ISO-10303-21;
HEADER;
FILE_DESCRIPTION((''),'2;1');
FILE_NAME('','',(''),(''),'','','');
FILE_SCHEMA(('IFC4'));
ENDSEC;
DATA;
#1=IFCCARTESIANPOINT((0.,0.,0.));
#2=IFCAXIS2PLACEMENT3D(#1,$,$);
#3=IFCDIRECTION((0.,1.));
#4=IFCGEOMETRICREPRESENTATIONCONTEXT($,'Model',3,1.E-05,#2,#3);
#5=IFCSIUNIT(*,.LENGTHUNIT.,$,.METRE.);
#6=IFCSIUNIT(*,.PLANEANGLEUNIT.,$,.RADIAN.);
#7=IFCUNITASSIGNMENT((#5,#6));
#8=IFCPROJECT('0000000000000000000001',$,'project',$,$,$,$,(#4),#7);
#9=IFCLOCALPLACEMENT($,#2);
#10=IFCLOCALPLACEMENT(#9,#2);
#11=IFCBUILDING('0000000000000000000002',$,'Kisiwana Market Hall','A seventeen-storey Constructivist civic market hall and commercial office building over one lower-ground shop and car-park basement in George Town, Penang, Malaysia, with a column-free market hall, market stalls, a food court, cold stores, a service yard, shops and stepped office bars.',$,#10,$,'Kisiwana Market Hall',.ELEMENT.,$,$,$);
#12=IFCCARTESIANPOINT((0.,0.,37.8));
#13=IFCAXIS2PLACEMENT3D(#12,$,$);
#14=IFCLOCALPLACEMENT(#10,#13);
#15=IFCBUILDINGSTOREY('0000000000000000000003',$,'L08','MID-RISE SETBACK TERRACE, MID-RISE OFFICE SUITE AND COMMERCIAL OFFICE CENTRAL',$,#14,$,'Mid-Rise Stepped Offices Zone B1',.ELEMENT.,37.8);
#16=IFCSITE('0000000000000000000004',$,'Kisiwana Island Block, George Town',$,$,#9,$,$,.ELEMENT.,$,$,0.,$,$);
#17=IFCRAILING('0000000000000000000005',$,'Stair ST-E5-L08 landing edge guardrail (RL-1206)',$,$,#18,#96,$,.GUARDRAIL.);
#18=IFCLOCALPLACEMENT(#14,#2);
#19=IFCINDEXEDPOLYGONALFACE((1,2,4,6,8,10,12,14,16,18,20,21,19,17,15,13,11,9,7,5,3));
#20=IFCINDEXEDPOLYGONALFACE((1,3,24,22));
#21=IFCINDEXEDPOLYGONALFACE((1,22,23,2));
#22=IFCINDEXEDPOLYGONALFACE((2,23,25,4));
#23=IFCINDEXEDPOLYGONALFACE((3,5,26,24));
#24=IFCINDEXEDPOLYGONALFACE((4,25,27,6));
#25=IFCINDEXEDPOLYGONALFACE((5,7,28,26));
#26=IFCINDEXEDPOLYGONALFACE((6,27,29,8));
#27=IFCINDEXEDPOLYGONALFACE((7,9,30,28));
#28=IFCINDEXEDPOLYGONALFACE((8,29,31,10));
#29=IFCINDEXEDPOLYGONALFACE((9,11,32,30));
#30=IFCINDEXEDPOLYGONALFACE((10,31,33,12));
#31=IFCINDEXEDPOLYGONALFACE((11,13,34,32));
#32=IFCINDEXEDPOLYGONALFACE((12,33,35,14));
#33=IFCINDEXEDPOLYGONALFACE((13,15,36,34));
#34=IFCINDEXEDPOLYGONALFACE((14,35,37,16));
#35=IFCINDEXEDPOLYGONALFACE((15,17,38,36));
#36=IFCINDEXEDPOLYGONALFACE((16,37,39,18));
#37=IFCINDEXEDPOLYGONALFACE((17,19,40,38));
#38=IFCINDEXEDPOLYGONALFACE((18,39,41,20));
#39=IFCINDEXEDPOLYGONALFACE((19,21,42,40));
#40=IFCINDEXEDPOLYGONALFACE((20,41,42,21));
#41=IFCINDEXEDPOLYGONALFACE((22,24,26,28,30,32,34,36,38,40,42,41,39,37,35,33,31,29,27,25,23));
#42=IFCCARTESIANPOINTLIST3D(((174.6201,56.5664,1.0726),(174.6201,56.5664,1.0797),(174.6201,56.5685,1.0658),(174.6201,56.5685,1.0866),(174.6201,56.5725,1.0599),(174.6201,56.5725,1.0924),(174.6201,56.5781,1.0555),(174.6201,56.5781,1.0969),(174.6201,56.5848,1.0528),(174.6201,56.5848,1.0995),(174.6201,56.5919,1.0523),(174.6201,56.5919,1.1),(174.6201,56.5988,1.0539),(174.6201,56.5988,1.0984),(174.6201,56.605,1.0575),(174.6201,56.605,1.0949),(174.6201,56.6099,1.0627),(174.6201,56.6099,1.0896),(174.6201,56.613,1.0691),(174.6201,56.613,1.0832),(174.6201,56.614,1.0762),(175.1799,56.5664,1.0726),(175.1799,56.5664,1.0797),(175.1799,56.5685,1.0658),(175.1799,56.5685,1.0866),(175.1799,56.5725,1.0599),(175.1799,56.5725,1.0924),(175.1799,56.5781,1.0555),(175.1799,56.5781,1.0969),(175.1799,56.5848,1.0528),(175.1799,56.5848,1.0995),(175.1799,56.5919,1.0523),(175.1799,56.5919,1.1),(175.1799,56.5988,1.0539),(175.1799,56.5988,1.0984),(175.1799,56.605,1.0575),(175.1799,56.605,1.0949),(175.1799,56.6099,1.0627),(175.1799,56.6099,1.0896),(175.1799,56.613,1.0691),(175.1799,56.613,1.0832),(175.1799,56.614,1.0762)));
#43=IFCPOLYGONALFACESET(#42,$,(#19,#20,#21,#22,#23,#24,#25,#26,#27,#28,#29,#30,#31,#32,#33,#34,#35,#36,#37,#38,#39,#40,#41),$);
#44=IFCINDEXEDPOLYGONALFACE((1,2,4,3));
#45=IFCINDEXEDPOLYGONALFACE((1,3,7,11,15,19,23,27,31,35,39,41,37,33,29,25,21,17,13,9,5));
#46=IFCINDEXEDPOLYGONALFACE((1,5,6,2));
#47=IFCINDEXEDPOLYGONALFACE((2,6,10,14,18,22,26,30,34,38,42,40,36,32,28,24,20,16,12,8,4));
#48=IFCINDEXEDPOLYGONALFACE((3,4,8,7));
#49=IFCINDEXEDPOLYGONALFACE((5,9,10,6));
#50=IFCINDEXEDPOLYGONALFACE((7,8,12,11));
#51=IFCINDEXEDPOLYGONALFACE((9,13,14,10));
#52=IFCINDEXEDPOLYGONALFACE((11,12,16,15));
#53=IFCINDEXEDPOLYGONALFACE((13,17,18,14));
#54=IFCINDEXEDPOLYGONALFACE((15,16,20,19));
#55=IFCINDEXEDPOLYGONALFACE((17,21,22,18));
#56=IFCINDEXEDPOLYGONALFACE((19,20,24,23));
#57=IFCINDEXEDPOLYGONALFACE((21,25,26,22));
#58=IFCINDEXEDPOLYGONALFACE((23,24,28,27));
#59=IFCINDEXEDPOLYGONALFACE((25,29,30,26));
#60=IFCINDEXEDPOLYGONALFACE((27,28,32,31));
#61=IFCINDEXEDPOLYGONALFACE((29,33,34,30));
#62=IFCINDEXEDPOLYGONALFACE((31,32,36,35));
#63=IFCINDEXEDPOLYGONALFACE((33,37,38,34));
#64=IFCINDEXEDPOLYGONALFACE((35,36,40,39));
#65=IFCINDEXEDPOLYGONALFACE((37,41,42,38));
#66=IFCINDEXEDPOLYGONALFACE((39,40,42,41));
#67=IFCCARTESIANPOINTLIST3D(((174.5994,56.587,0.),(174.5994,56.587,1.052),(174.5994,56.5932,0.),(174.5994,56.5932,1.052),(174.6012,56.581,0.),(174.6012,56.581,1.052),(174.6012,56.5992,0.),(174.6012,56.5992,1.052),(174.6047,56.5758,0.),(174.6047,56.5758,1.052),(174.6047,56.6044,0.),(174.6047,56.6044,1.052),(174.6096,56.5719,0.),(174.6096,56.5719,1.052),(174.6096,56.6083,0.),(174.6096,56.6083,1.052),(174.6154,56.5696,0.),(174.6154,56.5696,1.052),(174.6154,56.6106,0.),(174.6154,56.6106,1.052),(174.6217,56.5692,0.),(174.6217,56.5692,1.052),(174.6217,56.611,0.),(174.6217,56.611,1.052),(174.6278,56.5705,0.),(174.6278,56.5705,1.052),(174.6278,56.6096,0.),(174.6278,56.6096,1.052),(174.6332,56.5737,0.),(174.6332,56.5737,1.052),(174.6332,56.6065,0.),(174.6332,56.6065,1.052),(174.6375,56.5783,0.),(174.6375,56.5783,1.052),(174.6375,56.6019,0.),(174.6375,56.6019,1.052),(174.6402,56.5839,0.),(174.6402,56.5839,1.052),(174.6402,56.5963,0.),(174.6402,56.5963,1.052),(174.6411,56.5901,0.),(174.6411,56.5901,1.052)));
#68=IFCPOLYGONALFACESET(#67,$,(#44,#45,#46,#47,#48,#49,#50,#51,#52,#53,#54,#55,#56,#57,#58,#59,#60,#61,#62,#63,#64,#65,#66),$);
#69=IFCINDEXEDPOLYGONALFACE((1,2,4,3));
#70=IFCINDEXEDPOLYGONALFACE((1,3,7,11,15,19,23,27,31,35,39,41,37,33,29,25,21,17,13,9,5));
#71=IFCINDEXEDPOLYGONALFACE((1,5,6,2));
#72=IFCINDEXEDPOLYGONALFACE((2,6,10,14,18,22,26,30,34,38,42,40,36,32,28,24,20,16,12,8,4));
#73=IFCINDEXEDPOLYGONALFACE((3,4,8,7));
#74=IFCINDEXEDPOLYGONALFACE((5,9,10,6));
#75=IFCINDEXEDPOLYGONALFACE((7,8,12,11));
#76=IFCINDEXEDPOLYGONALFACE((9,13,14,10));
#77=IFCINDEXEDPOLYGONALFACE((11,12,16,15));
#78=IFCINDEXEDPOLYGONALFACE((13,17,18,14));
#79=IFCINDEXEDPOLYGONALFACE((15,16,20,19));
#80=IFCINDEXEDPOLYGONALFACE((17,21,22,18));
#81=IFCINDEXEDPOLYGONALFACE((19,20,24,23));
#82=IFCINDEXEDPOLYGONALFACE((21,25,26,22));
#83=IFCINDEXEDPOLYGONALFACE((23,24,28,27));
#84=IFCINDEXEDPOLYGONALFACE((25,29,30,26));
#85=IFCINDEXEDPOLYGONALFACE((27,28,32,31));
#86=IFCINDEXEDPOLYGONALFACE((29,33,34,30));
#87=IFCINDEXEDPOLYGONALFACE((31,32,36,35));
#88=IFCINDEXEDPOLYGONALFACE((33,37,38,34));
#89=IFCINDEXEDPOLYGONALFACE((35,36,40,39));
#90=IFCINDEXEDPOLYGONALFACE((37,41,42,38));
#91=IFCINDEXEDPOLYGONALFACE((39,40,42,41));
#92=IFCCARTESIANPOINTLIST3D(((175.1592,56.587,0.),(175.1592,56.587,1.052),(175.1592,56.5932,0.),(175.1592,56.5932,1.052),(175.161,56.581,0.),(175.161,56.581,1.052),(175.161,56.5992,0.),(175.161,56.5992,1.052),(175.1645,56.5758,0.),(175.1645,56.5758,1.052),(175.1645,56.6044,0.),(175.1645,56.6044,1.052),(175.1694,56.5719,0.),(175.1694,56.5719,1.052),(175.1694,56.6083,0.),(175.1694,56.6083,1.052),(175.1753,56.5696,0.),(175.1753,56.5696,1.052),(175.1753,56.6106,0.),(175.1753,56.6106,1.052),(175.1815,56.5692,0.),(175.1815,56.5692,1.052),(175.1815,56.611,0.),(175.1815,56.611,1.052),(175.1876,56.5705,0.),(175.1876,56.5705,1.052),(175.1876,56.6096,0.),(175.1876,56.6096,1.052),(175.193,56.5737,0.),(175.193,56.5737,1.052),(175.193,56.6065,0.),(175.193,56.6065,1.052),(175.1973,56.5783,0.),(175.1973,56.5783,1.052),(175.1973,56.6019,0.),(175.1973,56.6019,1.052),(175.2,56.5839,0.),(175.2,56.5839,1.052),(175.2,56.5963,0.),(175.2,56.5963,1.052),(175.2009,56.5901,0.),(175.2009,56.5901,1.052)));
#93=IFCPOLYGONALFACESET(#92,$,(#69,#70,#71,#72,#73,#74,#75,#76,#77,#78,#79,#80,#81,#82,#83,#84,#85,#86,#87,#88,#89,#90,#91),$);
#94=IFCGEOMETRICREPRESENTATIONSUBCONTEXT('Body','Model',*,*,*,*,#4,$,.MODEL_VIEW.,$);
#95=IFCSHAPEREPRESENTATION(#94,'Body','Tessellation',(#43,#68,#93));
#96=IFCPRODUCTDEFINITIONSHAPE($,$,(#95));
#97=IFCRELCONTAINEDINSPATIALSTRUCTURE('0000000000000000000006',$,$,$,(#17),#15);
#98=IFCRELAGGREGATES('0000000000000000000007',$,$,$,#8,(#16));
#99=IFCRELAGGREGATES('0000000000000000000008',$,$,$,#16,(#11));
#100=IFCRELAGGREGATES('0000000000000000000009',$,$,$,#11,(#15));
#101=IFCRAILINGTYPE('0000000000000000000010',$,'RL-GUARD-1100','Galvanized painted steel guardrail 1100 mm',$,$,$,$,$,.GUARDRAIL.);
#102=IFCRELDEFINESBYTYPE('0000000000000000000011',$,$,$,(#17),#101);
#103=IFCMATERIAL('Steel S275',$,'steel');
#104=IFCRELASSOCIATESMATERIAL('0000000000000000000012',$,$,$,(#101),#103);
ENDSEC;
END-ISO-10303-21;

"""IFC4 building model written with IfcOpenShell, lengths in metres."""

from ifc_helpers import new_model, si_unit, direction, frame, origin, origin_2d, place, context, subcontext, project, spatial, circle, extrude, material, type_object, element, save


model = new_model("IFC4")

# Units and contexts
model_context = context("Model", 3, precision=1e-05, world=origin(), true_north=direction((0.0, 1.0)))
body_context = subcontext(model_context, "Body", "Model", "MODEL_VIEW")
ifc_project = project(units=[si_unit("LENGTHUNIT", "METRE"), si_unit("PLANEANGLEUNIT", "RADIAN")], contexts=[model_context])

# Site, building, storey
site_placement = place(None, origin())
site = spatial("IfcSite", under=ifc_project, at=site_placement, Name="Kisiwana Island Block, George Town", CompositionType="ELEMENT", RefElevation=0.0)
building_placement = place(site_placement, origin())
building = spatial("IfcBuilding", under=site, at=building_placement, Name="Kisiwana Market Hall", Description="A seventeen-storey Constructivist civic market hall and commercial office building over one lower-ground shop and car-park basement in George Town, Penang, Malaysia, with a column-free market hall, market stalls, a food court, cold stores, a service yard, shops and stepped office bars.", LongName="Kisiwana Market Hall", CompositionType="ELEMENT")
storey_placement = place(building_placement, frame((0.0, 0.0, 37.8)))
storey = spatial("IfcBuildingStorey", under=building, at=storey_placement, Name="L08", Description="MID-RISE SETBACK TERRACE, MID-RISE OFFICE SUITE AND COMMERCIAL OFFICE CENTRAL", LongName="Mid-Rise Stepped Offices Zone B1", CompositionType="ELEMENT", Elevation=37.8)

# Railing
ifc_material_1 = material(Name="Steel S275", Category="steel")
railing_type_1 = type_object("IfcRailingType", Name="RL-GUARD-1100", Description="Galvanized painted steel guardrail 1100 mm", PredefinedType="GUARDRAIL", material=ifc_material_1)
for number, where, name in (
    (1, (174.6201, 56.5901, 0.0), "Stair ST-E5-L08 landing edge guardrail (RL-1206)"),
):
    element("IfcRailing", number, at=place(storey_placement, frame(where)), inside=storey, type_object=railing_type_1, Name=name, PredefinedType="GUARDRAIL", context=body_context, shape_type="SweptSolid", body=[
        extrude(circle(Radius=0.0239, at=origin_2d()), frame((0.0, 0.0, 1.0762), z_axis=(1.0, 0.0, 0.0), x_axis=(0.0, 1.0, 0.0)), (0.0, 0.0, 1.0), 0.5598),
        extrude(circle(Radius=0.021, at=origin_2d()), origin(), (0.0, 0.0, 1.0), 1.052),
        extrude(circle(Radius=0.021, at=origin_2d()), frame((0.5598, 0.0, 0.0)), (0.0, 0.0, 1.0), 1.052),
    ])

save(model, "model.ifc")
